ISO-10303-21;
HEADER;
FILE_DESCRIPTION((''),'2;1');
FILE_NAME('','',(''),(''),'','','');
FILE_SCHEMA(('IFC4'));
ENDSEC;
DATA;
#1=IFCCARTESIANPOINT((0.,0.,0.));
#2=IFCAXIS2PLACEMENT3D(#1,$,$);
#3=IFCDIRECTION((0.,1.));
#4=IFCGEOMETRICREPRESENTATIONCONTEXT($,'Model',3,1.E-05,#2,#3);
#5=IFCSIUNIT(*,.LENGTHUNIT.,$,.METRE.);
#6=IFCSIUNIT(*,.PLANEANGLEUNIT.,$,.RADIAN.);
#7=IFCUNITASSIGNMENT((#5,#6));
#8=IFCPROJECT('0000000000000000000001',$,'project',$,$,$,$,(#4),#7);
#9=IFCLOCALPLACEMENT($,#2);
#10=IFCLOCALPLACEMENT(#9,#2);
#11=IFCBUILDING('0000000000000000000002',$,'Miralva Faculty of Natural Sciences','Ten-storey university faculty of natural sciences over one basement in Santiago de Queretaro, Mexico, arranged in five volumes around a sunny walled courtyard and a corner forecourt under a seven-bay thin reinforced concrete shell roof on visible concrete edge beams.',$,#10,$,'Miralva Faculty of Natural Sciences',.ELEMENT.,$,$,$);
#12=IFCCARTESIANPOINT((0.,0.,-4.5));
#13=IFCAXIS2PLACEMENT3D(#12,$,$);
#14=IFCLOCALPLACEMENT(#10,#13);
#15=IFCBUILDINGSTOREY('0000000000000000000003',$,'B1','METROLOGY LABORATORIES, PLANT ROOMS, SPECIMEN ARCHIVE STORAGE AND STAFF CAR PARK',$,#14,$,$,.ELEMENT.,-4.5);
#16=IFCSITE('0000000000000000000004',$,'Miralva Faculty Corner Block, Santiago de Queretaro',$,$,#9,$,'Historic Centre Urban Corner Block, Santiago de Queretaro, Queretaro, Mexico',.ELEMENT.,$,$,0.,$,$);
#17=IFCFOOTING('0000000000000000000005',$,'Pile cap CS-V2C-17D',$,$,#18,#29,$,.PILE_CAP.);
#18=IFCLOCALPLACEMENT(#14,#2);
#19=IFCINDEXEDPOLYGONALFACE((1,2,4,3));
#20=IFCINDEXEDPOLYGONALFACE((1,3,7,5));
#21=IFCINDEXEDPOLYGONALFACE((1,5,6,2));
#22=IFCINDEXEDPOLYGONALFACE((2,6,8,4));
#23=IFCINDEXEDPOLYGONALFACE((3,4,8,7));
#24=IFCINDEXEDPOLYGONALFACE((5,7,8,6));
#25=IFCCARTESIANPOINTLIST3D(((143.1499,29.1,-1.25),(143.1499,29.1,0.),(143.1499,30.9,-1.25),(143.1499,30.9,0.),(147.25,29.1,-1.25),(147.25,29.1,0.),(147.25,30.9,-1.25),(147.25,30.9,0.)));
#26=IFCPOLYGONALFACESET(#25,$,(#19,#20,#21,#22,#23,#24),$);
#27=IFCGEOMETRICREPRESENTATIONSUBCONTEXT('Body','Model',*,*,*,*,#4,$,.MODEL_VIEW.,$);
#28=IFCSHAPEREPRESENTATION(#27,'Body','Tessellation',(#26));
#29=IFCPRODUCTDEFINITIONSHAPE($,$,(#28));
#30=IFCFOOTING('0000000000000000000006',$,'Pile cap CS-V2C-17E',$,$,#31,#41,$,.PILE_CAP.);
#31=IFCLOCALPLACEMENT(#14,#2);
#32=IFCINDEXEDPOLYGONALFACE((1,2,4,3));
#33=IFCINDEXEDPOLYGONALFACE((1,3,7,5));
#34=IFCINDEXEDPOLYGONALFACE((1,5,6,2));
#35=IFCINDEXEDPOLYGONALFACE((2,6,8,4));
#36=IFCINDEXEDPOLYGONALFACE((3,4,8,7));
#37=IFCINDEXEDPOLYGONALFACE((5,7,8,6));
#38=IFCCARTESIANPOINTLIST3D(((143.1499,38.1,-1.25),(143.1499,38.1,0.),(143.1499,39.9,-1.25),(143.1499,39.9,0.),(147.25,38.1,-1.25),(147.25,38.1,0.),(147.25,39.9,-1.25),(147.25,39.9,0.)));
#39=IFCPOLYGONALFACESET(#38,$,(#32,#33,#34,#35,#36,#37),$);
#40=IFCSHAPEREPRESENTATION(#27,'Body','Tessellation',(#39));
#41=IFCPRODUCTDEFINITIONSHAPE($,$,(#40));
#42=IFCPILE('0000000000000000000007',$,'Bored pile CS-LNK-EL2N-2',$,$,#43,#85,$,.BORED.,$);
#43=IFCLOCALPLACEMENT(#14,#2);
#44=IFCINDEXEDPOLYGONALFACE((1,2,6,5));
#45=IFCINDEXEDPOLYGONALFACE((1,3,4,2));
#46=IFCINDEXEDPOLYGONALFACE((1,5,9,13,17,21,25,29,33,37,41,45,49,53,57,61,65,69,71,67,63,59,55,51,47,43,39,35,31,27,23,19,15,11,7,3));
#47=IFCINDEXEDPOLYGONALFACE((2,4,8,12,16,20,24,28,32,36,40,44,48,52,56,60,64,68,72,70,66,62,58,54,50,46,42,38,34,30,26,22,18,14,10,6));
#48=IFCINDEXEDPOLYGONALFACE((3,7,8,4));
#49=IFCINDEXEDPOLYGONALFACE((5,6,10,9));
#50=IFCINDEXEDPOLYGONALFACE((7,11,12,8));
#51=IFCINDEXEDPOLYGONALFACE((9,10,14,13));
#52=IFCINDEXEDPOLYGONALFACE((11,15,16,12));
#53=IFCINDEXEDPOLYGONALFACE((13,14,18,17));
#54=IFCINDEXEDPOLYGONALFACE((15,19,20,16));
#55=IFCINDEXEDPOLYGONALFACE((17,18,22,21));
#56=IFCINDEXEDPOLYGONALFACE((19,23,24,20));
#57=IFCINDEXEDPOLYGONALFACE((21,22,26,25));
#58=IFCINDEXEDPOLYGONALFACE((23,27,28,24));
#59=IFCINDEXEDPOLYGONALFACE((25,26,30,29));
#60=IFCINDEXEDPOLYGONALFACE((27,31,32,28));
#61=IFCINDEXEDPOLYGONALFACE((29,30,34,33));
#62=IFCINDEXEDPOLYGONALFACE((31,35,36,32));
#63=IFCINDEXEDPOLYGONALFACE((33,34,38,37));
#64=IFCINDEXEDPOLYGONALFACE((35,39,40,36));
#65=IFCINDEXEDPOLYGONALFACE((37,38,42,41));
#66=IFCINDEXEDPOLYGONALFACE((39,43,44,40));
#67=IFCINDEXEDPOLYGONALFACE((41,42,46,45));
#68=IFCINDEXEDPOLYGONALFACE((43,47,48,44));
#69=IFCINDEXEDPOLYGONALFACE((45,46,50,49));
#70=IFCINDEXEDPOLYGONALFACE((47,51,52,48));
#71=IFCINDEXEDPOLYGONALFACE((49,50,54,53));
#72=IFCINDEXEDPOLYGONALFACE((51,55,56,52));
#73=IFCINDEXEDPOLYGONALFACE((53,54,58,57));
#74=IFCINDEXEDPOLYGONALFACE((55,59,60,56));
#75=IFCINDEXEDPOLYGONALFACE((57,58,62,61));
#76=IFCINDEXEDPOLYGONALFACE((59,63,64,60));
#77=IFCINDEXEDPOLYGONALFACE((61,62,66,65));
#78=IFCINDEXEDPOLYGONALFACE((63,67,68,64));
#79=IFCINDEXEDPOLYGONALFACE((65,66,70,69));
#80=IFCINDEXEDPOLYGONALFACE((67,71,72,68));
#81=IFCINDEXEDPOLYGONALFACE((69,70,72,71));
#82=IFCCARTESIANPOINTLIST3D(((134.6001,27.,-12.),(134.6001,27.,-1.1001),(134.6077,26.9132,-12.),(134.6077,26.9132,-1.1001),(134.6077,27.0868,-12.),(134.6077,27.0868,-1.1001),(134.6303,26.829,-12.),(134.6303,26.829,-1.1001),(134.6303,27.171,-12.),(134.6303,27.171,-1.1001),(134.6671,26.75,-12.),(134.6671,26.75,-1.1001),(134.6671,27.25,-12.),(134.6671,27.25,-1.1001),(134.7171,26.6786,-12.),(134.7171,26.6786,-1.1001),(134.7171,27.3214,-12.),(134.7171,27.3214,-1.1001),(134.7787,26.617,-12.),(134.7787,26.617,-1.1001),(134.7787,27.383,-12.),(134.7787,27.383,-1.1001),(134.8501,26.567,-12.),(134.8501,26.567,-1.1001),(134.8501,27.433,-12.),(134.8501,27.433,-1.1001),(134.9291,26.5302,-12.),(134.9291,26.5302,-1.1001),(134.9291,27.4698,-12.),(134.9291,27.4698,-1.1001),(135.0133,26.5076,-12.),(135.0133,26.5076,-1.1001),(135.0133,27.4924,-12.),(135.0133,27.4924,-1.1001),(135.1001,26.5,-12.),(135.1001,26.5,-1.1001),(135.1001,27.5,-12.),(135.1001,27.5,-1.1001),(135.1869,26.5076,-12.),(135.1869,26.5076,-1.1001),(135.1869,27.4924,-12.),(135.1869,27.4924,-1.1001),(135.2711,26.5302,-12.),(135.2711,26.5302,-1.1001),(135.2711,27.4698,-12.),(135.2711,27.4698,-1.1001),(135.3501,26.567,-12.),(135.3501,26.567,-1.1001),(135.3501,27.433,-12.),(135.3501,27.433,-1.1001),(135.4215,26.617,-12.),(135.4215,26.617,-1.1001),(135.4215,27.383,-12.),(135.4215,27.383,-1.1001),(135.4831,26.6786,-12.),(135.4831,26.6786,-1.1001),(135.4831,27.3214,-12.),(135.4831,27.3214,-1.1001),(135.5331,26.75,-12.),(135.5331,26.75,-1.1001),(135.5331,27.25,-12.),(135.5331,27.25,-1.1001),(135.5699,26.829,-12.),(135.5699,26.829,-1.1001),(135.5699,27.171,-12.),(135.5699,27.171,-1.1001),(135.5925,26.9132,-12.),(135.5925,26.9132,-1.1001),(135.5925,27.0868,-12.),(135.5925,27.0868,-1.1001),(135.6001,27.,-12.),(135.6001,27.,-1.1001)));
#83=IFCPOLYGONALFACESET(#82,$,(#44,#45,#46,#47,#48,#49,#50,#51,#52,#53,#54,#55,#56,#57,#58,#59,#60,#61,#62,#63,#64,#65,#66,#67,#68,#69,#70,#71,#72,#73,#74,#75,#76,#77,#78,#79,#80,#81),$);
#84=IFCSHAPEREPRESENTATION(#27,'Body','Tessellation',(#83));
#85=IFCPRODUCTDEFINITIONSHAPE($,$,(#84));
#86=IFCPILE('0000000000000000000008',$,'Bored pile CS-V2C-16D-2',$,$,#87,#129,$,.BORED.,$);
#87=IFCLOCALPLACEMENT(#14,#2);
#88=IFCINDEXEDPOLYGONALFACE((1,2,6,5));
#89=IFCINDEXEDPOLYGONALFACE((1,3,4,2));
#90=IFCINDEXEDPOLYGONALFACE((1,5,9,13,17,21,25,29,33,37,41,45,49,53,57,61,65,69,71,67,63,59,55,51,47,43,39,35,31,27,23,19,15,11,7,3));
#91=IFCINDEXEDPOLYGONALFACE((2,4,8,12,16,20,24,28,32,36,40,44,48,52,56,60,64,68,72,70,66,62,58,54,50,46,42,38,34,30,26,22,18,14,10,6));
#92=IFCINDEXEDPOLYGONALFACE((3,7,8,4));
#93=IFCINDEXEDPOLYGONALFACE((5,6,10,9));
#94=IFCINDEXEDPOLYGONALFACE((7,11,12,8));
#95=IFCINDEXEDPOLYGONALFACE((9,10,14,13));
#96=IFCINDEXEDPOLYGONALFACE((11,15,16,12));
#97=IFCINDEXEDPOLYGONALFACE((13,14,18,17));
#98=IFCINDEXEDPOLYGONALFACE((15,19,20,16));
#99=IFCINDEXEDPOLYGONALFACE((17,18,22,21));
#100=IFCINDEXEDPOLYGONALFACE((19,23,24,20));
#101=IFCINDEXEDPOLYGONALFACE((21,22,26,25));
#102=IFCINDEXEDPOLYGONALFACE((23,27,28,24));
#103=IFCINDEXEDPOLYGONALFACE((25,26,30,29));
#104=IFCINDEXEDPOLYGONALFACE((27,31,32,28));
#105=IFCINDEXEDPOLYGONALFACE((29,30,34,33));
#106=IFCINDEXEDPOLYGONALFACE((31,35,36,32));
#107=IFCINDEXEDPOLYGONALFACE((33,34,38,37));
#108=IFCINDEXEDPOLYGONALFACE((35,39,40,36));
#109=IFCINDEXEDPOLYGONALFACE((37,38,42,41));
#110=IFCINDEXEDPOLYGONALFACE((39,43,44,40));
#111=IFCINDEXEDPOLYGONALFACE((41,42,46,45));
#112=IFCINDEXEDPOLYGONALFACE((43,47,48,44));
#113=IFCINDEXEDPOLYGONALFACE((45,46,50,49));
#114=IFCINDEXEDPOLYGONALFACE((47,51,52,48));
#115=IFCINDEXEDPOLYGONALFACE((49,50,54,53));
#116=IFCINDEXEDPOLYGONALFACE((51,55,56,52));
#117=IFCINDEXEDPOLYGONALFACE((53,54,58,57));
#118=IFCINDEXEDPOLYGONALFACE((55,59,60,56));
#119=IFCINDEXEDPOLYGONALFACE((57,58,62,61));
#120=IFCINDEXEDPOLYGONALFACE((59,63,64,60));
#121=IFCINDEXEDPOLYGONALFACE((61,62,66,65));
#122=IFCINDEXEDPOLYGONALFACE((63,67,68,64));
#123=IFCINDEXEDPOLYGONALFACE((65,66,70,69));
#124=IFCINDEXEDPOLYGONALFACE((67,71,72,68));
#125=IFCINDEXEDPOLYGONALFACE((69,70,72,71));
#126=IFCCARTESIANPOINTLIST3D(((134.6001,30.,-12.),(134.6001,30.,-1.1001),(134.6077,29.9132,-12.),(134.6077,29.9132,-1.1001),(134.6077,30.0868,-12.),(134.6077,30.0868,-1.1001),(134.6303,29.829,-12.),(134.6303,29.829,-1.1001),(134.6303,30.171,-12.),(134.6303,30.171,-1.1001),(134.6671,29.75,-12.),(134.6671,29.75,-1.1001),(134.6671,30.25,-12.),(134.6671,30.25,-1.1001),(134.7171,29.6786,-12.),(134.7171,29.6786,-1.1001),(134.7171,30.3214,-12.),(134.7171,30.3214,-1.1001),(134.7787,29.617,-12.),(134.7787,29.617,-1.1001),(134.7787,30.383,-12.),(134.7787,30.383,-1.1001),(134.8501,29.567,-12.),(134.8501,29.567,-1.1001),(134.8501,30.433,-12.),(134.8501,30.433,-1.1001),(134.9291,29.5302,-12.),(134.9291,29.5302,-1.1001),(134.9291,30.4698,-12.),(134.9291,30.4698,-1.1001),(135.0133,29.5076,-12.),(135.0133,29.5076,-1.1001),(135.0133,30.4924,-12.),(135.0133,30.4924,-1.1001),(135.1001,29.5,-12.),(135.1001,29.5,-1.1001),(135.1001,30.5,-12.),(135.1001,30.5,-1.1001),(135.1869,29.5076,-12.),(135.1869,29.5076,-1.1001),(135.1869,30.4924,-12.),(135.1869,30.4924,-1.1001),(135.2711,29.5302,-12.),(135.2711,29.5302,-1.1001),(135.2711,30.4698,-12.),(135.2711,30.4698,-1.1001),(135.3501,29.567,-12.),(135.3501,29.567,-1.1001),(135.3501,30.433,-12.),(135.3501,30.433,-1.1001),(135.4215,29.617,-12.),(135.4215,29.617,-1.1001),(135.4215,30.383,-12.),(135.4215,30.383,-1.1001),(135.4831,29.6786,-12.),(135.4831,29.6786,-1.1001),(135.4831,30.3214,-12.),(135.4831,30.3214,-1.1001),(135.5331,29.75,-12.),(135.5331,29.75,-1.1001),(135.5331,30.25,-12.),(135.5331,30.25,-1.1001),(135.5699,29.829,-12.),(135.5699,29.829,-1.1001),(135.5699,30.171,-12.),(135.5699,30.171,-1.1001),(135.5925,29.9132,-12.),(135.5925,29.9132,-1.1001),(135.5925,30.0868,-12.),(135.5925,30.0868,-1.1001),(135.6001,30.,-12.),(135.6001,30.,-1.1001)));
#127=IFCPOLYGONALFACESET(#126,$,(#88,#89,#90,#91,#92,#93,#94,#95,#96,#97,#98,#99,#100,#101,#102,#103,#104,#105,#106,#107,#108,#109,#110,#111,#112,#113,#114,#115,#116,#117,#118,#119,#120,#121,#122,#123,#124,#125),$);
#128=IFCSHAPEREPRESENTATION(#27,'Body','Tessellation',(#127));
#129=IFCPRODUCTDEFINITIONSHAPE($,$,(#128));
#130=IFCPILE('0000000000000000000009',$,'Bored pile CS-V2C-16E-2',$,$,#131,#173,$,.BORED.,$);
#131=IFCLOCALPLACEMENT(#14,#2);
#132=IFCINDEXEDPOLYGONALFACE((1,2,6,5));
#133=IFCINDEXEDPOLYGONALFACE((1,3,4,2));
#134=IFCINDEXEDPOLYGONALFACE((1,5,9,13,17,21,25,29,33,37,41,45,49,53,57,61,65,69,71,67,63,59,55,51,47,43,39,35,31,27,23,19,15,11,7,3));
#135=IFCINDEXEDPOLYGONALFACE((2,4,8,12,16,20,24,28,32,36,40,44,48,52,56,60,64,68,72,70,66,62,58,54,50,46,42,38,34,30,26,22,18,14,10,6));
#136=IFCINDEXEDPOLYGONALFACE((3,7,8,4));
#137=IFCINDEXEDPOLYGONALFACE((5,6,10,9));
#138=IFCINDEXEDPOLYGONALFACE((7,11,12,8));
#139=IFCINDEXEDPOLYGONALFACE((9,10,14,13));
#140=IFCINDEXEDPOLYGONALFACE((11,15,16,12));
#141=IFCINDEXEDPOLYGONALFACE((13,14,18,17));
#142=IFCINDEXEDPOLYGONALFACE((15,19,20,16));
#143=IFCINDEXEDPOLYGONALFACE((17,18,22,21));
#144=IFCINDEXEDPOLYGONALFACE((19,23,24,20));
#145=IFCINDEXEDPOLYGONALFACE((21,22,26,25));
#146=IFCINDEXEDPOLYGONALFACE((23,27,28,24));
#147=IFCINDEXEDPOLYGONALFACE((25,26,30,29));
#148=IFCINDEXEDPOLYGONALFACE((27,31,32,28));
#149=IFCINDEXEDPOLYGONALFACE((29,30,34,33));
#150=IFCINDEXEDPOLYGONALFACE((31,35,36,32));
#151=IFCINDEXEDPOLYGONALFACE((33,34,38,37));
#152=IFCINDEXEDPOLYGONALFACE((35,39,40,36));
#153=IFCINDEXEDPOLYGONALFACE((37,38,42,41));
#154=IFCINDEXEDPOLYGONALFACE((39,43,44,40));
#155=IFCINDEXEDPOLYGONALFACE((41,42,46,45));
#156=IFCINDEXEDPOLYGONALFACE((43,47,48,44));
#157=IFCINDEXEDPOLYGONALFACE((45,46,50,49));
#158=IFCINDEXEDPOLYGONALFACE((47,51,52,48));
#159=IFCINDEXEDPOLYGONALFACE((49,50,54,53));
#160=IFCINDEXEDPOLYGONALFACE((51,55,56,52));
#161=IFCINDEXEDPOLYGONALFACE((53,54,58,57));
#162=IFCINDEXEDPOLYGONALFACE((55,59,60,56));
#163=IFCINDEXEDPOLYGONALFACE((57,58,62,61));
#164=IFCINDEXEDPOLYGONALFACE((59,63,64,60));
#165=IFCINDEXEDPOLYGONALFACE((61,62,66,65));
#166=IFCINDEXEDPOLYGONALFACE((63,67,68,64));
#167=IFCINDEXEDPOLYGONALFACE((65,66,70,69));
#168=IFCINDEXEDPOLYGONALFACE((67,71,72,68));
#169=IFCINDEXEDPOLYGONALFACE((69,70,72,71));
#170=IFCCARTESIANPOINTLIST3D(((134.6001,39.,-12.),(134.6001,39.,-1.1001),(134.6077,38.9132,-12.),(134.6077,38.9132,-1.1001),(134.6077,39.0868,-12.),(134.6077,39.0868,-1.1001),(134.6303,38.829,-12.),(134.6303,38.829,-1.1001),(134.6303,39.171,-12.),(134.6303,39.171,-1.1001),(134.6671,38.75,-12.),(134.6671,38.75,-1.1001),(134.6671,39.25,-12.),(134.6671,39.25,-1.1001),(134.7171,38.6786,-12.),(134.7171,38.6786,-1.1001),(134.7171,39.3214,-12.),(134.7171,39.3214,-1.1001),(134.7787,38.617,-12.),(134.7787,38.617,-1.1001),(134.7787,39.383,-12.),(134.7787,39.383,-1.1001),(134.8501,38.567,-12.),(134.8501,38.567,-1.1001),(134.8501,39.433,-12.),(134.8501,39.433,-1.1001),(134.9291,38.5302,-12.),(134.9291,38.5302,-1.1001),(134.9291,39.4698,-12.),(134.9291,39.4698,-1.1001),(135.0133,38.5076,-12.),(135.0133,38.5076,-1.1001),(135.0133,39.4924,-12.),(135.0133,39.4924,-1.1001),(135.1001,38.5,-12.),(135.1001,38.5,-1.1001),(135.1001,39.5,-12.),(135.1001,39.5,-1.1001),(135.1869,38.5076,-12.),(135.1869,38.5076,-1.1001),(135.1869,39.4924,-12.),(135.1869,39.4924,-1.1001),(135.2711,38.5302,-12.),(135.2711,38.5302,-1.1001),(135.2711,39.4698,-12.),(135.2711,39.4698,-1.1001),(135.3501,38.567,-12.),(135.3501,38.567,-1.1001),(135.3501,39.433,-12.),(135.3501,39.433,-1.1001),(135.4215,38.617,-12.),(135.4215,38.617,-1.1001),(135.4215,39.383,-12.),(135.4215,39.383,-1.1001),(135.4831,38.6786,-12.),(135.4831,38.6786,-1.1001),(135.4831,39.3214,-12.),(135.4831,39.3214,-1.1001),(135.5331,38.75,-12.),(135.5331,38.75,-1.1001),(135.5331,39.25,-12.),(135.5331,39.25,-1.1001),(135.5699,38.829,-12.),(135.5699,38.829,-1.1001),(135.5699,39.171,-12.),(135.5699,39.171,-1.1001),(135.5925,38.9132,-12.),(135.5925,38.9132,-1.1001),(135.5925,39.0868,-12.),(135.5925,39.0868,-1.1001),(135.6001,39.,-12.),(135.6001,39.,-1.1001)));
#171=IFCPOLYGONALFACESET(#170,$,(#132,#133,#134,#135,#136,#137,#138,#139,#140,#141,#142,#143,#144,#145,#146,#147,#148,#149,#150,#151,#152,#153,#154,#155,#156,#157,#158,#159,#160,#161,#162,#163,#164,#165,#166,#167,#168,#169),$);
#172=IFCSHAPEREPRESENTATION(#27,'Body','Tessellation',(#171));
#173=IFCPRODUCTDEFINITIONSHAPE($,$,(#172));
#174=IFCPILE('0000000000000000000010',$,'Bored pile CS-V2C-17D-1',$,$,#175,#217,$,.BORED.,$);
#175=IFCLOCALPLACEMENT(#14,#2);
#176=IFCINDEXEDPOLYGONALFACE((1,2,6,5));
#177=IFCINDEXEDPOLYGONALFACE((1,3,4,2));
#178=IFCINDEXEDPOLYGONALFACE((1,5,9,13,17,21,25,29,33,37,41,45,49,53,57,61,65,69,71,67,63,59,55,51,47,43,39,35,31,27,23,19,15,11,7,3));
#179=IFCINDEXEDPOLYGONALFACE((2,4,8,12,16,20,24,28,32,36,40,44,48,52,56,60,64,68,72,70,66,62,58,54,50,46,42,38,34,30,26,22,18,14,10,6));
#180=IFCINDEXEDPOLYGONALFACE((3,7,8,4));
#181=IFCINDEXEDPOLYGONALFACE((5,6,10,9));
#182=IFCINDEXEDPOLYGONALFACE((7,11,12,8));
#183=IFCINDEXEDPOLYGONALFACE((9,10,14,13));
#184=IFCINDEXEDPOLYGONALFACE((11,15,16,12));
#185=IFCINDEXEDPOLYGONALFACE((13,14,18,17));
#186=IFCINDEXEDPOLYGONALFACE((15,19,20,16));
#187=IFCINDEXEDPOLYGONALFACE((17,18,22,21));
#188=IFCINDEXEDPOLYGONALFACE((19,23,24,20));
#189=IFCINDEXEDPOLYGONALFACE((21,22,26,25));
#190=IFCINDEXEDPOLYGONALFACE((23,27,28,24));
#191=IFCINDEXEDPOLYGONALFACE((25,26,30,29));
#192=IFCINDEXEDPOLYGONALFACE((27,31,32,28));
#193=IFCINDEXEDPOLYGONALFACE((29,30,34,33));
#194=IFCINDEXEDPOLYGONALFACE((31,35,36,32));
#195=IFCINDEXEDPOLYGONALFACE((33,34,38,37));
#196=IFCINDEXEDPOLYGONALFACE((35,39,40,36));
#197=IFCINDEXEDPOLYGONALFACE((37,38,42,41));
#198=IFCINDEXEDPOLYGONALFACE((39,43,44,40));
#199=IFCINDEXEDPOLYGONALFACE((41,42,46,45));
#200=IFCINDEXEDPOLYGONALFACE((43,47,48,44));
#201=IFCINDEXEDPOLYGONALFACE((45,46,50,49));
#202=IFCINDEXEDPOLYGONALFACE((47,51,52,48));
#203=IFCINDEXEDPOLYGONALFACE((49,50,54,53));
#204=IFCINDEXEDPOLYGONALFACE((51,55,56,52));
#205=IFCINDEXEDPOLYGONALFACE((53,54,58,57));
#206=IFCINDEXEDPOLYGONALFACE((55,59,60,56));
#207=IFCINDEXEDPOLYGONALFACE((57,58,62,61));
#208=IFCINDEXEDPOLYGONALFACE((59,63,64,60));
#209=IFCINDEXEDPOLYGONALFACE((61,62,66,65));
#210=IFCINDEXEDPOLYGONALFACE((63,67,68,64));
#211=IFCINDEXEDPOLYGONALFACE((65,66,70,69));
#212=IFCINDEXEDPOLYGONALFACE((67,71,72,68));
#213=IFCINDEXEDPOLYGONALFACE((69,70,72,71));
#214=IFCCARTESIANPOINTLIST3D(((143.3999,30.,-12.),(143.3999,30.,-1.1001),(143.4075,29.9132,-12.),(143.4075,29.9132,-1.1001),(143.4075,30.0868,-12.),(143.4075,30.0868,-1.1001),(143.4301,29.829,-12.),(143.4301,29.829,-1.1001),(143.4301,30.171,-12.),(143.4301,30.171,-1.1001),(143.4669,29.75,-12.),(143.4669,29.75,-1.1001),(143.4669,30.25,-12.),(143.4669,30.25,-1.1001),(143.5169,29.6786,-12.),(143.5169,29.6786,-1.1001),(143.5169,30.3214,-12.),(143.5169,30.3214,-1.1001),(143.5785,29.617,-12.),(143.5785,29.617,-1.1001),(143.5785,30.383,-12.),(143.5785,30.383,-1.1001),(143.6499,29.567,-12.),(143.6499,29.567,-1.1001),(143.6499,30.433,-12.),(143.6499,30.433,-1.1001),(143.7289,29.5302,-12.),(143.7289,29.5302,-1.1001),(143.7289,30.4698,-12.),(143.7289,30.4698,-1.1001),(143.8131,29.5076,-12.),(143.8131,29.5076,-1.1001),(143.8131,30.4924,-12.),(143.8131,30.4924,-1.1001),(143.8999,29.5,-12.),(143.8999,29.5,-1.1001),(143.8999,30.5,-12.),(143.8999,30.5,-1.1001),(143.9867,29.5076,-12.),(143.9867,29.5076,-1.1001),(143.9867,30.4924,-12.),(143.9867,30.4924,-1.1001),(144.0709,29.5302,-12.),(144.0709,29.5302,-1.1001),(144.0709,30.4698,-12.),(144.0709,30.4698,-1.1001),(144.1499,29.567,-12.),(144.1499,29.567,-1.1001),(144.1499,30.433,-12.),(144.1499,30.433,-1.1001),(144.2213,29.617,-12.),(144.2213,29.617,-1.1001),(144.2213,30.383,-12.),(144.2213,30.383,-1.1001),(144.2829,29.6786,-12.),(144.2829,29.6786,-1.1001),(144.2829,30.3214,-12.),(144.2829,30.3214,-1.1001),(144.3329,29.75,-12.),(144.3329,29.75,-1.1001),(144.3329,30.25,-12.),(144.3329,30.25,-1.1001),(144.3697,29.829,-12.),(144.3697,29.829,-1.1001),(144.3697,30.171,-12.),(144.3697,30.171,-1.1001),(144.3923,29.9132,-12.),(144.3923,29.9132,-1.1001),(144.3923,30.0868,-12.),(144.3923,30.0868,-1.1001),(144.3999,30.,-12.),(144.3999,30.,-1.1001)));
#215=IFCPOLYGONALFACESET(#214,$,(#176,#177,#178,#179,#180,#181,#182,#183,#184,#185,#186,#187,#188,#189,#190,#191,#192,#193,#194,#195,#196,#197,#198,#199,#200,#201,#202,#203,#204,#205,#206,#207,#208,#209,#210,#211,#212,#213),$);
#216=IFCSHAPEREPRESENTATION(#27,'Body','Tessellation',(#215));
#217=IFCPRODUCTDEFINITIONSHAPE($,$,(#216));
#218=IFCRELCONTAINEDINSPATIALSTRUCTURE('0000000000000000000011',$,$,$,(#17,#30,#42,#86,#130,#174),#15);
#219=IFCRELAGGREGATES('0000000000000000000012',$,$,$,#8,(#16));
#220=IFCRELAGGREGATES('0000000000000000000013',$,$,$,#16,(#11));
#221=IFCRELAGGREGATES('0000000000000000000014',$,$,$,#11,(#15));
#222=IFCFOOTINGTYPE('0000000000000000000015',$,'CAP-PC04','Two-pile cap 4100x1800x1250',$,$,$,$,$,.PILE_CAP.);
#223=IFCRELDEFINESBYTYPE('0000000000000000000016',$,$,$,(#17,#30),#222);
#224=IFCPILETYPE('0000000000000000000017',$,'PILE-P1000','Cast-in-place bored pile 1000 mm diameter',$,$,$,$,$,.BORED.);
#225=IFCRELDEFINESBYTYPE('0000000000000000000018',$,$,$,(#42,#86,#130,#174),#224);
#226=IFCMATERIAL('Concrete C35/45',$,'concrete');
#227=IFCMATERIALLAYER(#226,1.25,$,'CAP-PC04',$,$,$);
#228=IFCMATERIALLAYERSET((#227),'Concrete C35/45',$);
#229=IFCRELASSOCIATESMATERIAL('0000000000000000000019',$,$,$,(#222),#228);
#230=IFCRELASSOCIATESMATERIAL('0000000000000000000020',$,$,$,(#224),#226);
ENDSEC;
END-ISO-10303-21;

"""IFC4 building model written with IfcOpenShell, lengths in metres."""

from ifc_helpers import new_model, si_unit, direction, frame, origin, origin_2d, place, context, subcontext, project, spatial, rectangle, circle, extrude, material, layer, layer_set, material_profile, profile_set, type_object, element, save


model = new_model("IFC4")

# Units and contexts
model_context = context("Model", 3, precision=1e-05, world=origin(), true_north=direction((0.0, 1.0)))
body_context = subcontext(model_context, "Body", "Model", "MODEL_VIEW")
ifc_project = project(units=[si_unit("LENGTHUNIT", "METRE"), si_unit("PLANEANGLEUNIT", "RADIAN")], contexts=[model_context])

# Site, building, storey
site_placement = place(None, origin())
site = spatial("IfcSite", under=ifc_project, at=site_placement, Name="Miralva Faculty Corner Block, Santiago de Queretaro", LongName="Historic Centre Urban Corner Block, Santiago de Queretaro, Queretaro, Mexico", CompositionType="ELEMENT", RefElevation=0.0)
building_placement = place(site_placement, origin())
building = spatial("IfcBuilding", under=site, at=building_placement, Name="Miralva Faculty of Natural Sciences", Description="Ten-storey university faculty of natural sciences over one basement in Santiago de Queretaro, Mexico, arranged in five volumes around a sunny walled courtyard and a corner forecourt under a seven-bay thin reinforced concrete shell roof on visible concrete edge beams.", LongName="Miralva Faculty of Natural Sciences", CompositionType="ELEMENT")
storey_placement = place(building_placement, frame((0.0, 0.0, -4.5)))
storey = spatial("IfcBuildingStorey", under=building, at=storey_placement, Name="B1", Description="METROLOGY LABORATORIES, PLANT ROOMS, SPECIMEN ARCHIVE STORAGE AND STAFF CAR PARK", CompositionType="ELEMENT", Elevation=-4.5)

# Footings
ifc_material_1 = material(Name="Concrete C35/45", Category="concrete")
ifc_layer = layer(ifc_material_1, 1.25, Name="CAP-PC04")
ifc_layer_set = layer_set([ifc_layer], Name="Concrete C35/45")
footing_type_1 = type_object("IfcFootingType", Name="CAP-PC04", Description="Two-pile cap 4100x1800x1250", PredefinedType="PILE_CAP", material=ifc_layer_set)
for number, where, z_axis, x_axis, name in (
    (1, (145.2, 30.0, -1.25), (0.0, 0.0, 1.0), (1.0, 0.0, 0.0), "Pile cap CS-V2C-17D"),
    (2, (145.2, 39.0, -1.25), (0.0, 0.0, 1.0), (1.0, 0.0, 0.0), "Pile cap CS-V2C-17E"),
):
    element("IfcFooting", number, at=place(storey_placement, frame(where, z_axis=z_axis, x_axis=x_axis)), inside=storey, type_object=footing_type_1, Name=name, PredefinedType="PILE_CAP", context=body_context, shape_type="SweptSolid", body=[
        extrude(rectangle(XDim=4.1001, YDim=1.8, at=origin_2d()), origin(), (0.0, 0.0, 1.0), 1.25),
    ])

# Piles
ifc_material_profile_1 = material_profile(ifc_material_1, circle(Radius=0.5, at=origin_2d()), Name="BORED PILE 1000")
ifc_profile_set_1 = profile_set([ifc_material_profile_1], Name="Concrete C35/45")
pile_type = type_object("IfcPileType", Name="PILE-P1000", Description="Cast-in-place bored pile 1000 mm diameter", PredefinedType="BORED", material=ifc_profile_set_1)
for number, where, z_axis, x_axis, name in (
    (3, (135.1001, 27.0, -1.1001), (0.0, 0.0, -1.0), (1.0, 0.0, 0.0), "Bored pile CS-LNK-EL2N-2"),
    (4, (135.1001, 30.0, -1.1001), (0.0, 0.0, -1.0), (1.0, 0.0, 0.0), "Bored pile CS-V2C-16D-2"),
    (5, (135.1001, 39.0, -1.1001), (0.0, 0.0, -1.0), (1.0, 0.0, 0.0), "Bored pile CS-V2C-16E-2"),
    (6, (143.8999, 30.0, -1.1001), (0.0, 0.0, -1.0), (1.0, 0.0, 0.0), "Bored pile CS-V2C-17D-1"),
):
    element("IfcPile", number, at=place(storey_placement, frame(where, z_axis=z_axis, x_axis=x_axis)), inside=storey, type_object=pile_type, Name=name, PredefinedType="BORED", context=body_context, shape_type="SweptSolid", body=[
        extrude(circle(Radius=0.5, at=origin_2d()), origin(), (0.0, 0.0, 1.0), 10.8999),
    ])

save(model, "model.ifc")
